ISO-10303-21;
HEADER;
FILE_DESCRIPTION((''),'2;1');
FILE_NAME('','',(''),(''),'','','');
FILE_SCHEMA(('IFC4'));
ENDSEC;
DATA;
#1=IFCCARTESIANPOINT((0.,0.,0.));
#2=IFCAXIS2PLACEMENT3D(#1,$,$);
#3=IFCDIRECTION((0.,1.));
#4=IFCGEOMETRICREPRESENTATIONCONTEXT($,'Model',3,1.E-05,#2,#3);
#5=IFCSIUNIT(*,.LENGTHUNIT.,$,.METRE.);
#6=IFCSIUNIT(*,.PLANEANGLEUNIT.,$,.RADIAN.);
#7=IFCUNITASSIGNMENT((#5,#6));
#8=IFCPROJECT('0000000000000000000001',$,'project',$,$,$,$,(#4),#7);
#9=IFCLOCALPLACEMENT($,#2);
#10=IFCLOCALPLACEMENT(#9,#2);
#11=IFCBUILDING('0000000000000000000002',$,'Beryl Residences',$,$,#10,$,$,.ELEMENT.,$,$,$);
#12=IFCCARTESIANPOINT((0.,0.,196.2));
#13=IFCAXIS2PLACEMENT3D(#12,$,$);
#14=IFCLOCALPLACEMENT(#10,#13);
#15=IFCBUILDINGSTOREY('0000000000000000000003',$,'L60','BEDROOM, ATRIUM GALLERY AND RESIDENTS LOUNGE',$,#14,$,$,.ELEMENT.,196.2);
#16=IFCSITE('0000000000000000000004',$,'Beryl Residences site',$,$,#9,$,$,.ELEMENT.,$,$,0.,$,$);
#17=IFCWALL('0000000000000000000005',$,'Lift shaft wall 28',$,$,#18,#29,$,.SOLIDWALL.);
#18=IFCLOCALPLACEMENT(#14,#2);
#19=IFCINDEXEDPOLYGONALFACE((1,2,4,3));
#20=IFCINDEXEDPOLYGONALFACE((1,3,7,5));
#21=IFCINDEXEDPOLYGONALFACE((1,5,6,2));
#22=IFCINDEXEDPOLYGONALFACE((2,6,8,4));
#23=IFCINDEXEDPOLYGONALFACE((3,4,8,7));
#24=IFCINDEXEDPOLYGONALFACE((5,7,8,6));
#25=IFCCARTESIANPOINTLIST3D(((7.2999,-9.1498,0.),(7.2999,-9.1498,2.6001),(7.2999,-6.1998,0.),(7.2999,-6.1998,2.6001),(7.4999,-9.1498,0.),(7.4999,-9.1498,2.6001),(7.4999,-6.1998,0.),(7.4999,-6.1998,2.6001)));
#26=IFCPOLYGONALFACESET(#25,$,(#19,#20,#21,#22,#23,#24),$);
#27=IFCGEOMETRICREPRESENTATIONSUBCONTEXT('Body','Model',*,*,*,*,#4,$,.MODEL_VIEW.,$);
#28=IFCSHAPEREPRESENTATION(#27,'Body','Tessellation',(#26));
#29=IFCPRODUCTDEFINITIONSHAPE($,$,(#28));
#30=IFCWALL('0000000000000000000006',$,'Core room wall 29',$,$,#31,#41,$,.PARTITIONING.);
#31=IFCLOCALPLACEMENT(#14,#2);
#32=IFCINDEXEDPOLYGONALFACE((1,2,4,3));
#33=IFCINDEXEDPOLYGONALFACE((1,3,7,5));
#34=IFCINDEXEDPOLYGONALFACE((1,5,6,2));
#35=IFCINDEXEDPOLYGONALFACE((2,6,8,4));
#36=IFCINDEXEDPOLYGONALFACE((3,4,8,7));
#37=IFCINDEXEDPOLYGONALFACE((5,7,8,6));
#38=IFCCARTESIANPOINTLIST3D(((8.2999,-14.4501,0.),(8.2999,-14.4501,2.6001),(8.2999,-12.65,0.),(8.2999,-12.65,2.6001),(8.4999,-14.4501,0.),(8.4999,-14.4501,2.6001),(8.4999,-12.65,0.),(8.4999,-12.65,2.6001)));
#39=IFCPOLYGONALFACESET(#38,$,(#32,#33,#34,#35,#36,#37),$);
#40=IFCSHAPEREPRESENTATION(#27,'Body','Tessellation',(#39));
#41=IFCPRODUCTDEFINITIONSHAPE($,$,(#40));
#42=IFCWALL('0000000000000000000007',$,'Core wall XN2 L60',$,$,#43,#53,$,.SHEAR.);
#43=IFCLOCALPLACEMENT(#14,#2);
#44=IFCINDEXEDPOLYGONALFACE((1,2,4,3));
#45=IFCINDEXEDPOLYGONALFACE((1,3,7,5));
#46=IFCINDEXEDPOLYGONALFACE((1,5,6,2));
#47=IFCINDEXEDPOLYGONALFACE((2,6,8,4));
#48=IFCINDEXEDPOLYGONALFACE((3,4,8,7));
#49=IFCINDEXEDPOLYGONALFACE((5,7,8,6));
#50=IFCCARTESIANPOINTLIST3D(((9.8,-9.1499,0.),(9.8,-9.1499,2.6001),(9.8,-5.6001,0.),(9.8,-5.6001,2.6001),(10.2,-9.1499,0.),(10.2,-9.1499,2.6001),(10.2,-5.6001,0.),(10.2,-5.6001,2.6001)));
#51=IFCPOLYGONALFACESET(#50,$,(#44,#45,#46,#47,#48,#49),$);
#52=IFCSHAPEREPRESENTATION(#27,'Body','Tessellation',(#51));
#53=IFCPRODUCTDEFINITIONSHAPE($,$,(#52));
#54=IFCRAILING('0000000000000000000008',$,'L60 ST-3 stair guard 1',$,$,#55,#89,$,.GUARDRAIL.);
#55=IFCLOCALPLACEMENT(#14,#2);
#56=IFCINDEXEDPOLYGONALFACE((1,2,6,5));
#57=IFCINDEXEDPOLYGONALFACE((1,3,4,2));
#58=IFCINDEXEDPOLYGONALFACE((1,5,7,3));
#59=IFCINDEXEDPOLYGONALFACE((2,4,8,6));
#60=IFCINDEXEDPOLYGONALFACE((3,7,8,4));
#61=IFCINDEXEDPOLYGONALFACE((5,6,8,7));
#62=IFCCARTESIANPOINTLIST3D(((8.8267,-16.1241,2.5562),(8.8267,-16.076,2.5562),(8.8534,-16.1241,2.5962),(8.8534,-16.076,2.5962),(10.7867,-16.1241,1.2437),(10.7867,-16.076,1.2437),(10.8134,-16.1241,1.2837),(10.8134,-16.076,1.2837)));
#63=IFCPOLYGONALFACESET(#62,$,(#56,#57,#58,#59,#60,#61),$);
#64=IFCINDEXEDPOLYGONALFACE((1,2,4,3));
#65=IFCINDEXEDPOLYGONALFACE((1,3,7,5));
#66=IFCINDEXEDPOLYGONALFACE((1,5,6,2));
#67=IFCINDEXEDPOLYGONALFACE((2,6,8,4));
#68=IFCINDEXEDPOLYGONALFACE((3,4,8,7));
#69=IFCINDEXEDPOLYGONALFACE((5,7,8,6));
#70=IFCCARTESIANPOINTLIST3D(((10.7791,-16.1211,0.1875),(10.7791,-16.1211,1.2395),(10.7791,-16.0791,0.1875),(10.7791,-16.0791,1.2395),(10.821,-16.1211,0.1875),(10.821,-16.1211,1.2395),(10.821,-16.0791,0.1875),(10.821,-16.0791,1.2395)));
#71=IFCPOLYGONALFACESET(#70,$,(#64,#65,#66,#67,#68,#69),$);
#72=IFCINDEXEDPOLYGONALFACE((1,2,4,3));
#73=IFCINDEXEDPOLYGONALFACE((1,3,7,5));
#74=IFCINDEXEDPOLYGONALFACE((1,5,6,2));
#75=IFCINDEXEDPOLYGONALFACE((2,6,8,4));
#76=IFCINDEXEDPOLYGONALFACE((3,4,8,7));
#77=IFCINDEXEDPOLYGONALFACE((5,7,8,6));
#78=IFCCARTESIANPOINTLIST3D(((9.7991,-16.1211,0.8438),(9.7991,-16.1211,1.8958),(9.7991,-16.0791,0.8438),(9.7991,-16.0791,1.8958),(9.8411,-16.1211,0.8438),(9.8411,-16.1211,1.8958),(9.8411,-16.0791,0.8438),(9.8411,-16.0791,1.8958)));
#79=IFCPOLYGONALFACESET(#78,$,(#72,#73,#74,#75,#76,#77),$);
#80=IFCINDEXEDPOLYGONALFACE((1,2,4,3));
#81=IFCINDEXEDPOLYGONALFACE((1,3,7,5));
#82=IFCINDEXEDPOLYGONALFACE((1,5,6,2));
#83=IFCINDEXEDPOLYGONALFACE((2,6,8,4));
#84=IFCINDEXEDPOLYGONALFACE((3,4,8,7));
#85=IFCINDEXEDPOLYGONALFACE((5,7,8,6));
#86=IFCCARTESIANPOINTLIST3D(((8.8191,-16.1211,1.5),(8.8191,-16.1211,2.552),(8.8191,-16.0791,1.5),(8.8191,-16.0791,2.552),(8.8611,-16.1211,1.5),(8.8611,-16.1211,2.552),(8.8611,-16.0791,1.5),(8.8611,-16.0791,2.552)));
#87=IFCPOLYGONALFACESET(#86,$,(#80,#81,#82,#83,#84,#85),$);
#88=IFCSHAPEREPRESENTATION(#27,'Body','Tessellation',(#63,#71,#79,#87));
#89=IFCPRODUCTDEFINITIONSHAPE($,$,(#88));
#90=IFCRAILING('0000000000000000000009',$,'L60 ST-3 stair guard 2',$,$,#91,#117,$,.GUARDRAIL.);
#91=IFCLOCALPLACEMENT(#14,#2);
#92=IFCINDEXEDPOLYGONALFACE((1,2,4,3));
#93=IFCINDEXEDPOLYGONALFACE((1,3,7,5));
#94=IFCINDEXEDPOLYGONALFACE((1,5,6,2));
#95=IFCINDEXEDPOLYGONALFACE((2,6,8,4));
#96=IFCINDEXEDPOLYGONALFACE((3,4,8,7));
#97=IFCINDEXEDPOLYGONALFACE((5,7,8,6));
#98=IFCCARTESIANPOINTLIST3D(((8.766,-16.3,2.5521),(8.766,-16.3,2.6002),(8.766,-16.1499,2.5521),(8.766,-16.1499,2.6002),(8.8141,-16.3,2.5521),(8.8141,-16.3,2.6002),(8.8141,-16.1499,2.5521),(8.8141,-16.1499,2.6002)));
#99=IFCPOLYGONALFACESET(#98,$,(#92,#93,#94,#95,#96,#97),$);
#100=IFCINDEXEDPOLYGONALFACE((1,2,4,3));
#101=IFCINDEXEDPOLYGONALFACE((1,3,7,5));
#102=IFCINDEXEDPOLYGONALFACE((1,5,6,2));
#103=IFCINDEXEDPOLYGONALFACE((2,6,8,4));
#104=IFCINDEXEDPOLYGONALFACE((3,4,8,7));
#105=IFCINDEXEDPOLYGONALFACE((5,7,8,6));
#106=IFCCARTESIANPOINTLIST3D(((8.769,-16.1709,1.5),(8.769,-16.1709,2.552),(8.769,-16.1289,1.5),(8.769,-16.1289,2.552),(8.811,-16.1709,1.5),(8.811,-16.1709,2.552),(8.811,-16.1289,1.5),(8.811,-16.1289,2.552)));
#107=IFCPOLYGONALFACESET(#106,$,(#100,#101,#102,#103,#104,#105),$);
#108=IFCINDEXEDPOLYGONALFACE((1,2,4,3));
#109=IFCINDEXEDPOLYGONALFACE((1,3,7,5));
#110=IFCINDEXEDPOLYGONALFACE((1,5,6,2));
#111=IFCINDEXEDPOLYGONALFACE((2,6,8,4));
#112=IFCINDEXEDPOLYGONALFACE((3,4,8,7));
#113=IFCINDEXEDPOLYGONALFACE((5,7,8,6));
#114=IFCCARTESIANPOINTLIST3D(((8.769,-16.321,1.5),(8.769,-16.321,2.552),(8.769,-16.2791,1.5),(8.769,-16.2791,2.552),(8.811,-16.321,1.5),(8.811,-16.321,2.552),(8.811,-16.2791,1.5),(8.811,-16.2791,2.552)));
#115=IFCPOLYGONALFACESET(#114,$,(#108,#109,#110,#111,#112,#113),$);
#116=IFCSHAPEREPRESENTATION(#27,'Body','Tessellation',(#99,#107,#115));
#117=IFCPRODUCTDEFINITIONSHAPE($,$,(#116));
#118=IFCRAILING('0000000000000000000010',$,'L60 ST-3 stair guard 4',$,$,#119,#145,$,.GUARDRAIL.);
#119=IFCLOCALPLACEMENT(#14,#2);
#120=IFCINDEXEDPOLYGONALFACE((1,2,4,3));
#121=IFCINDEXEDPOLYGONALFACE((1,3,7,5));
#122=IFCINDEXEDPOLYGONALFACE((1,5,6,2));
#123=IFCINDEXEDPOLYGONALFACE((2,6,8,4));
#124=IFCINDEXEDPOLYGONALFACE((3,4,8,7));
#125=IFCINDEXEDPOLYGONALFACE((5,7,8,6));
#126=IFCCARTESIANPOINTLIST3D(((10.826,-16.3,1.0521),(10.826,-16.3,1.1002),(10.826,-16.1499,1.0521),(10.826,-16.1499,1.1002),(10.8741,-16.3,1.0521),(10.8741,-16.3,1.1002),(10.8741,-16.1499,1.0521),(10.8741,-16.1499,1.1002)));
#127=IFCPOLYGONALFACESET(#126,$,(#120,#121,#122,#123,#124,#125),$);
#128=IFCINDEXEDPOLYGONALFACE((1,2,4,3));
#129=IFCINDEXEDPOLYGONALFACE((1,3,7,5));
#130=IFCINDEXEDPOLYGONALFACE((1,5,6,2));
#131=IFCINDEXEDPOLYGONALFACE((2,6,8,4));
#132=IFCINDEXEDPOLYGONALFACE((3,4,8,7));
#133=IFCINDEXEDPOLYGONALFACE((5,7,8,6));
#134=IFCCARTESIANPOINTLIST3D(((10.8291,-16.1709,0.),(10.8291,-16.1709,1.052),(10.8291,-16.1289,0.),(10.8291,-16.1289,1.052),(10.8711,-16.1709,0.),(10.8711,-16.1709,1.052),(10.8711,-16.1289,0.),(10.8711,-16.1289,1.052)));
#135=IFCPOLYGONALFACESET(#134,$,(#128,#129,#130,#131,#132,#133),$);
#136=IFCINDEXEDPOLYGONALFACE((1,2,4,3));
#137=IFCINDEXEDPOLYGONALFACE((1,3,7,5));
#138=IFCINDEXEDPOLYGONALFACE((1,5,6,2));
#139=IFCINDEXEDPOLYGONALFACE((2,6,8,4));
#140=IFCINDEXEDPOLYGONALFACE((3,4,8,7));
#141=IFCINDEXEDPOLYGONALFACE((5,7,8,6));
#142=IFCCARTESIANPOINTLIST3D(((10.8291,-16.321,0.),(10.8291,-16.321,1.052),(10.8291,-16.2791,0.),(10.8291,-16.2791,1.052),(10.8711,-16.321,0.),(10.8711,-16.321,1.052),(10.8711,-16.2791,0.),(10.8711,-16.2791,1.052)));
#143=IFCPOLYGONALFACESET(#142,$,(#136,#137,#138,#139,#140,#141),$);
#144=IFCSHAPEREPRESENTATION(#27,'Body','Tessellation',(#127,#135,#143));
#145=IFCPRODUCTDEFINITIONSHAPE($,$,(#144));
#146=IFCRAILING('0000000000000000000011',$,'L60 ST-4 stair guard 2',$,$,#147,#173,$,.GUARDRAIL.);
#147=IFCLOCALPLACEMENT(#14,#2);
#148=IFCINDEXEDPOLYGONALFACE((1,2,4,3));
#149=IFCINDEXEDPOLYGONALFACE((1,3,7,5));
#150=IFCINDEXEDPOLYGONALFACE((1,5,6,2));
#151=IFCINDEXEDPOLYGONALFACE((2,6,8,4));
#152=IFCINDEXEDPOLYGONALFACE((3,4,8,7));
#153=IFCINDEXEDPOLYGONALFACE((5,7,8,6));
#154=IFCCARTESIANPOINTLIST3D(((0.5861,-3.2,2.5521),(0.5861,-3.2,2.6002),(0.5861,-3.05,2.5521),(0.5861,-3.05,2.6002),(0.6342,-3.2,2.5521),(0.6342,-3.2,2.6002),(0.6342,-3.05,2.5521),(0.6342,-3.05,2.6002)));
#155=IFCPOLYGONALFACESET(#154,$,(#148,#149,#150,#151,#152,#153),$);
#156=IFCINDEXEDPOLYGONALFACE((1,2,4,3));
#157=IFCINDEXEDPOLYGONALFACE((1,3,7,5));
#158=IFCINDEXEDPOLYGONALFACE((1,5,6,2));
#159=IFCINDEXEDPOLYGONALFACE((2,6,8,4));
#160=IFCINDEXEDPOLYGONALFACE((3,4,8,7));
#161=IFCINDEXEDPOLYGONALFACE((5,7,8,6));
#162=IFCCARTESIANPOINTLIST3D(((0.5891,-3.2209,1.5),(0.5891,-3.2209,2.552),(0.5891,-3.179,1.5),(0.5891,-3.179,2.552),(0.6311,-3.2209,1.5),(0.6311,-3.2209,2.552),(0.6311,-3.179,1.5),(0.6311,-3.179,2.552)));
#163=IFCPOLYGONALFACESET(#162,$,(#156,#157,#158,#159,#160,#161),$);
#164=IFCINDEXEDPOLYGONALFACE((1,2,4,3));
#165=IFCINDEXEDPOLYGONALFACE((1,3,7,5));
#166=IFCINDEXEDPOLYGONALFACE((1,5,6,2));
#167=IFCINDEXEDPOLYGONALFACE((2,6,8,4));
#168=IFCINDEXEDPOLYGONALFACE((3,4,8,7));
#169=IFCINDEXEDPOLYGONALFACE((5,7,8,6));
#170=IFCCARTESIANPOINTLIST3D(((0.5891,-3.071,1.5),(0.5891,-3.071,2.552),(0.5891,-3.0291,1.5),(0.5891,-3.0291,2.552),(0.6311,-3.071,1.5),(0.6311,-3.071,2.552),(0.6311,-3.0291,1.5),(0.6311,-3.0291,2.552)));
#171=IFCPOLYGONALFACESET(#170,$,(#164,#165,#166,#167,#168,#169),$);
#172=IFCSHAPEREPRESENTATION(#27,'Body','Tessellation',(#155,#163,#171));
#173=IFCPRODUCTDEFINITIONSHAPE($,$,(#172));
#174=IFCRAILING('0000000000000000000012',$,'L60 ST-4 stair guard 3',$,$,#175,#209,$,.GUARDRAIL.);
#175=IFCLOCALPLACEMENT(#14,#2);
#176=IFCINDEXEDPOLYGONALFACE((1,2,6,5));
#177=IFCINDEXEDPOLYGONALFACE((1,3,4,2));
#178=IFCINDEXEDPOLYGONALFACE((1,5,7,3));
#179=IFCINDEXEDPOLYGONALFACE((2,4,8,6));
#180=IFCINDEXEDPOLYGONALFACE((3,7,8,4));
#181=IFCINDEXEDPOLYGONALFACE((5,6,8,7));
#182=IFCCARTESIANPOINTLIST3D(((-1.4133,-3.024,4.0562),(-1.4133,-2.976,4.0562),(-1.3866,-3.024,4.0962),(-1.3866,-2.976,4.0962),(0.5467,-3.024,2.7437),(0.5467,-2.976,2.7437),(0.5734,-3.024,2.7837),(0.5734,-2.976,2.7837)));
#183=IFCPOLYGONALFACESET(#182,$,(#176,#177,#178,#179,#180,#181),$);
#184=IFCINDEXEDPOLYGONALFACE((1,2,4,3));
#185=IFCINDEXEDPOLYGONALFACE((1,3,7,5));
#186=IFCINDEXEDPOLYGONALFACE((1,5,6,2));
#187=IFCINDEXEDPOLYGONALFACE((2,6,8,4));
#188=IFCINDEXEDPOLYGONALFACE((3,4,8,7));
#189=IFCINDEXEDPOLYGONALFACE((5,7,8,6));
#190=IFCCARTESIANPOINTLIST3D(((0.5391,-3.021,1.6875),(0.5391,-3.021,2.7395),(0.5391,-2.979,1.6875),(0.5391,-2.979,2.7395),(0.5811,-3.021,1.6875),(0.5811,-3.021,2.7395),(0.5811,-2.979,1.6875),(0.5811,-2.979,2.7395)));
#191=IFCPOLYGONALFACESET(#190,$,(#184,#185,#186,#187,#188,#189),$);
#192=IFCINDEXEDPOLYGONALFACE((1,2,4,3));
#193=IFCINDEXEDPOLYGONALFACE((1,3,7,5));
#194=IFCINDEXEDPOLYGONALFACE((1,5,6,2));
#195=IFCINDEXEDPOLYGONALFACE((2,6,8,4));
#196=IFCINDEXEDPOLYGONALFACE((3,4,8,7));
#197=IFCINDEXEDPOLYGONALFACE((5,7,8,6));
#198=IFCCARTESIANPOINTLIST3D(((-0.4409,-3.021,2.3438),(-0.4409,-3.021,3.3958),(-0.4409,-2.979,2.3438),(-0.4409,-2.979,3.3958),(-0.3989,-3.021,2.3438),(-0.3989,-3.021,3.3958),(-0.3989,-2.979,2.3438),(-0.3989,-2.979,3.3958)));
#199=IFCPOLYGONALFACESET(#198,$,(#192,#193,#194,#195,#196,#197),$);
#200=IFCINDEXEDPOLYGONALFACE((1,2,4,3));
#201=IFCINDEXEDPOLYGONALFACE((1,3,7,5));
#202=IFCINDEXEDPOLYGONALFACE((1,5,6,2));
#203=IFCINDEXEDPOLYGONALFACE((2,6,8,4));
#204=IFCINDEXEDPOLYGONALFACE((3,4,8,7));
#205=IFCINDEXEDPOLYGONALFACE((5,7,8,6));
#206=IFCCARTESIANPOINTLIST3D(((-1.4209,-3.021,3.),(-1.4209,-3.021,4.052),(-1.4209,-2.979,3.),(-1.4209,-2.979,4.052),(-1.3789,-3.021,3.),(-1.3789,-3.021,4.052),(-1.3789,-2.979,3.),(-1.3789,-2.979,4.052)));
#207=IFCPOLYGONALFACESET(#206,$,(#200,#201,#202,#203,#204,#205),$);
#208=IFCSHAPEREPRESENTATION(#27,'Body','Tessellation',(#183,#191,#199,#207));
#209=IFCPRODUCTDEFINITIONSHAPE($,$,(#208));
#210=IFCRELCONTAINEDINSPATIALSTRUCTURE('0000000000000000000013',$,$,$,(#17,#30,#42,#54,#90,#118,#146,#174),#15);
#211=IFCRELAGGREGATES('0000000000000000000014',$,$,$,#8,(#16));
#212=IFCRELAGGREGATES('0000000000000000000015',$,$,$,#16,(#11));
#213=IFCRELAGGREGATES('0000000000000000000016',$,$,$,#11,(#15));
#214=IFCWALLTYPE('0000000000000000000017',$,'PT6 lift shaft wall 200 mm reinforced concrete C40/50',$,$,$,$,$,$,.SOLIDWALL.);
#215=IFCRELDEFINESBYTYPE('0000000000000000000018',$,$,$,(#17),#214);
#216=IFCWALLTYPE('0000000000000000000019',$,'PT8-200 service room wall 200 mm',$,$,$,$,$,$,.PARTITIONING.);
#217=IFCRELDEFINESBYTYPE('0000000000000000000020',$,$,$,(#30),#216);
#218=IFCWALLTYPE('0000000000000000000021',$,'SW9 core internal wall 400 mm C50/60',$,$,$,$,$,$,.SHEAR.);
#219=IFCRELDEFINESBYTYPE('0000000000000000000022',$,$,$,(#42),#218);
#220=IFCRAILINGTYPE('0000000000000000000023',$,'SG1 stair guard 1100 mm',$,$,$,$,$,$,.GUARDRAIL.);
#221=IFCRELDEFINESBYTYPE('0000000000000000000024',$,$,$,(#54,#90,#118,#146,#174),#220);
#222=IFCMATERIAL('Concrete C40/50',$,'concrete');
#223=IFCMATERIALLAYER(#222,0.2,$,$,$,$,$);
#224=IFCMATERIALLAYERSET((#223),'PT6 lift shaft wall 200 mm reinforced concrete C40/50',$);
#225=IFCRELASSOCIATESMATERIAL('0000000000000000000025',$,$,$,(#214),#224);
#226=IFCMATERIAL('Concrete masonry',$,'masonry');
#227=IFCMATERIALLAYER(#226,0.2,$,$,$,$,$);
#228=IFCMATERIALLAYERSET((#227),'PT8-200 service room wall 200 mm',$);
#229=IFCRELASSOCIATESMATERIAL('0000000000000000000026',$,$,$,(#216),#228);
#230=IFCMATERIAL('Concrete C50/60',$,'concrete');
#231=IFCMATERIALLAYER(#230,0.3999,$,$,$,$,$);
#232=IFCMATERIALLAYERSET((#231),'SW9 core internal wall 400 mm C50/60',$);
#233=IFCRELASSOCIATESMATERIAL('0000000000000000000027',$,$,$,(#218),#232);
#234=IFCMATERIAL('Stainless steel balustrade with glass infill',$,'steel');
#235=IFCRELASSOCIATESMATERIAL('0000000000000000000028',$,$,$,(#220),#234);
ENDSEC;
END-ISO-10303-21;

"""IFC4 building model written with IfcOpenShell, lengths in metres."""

from ifc_helpers import new_model, si_unit, direction, frame, frame_2d, origin, origin_2d, place, context, subcontext, project, spatial, rectangle, extrude, material, layer, layer_set, type_object, element, save


model = new_model("IFC4")

# Units and contexts
model_context = context("Model", 3, precision=1e-05, world=origin(), true_north=direction((0.0, 1.0)))
body_context = subcontext(model_context, "Body", "Model", "MODEL_VIEW")
ifc_project = project(units=[si_unit("LENGTHUNIT", "METRE"), si_unit("PLANEANGLEUNIT", "RADIAN")], contexts=[model_context])

# Site, building, storey
site_placement = place(None, origin())
site = spatial("IfcSite", under=ifc_project, at=site_placement, Name="Beryl Residences site", CompositionType="ELEMENT", RefElevation=0.0)
building_placement = place(site_placement, origin())
building = spatial("IfcBuilding", under=site, at=building_placement, Name="Beryl Residences", CompositionType="ELEMENT")
storey_placement = place(building_placement, frame((0.0, 0.0, 196.2)))
storey = spatial("IfcBuildingStorey", under=building, at=storey_placement, Name="L60", Description="BEDROOM, ATRIUM GALLERY AND RESIDENTS LOUNGE", CompositionType="ELEMENT", Elevation=196.2)

# Walls
ifc_material_1 = material(Name="Concrete C40/50", Category="concrete")
ifc_layer_1 = layer(ifc_material_1, 0.2)
ifc_layer_set_1 = layer_set([ifc_layer_1], Name="PT6 lift shaft wall 200 mm reinforced concrete C40/50")
wall_type_1 = type_object("IfcWallType", Name="PT6 lift shaft wall 200 mm reinforced concrete C40/50", PredefinedType="SOLIDWALL", material=ifc_layer_set_1)
for number, where, z_axis, x_axis, name in (
    (1, (7.3999, -9.1499, 0.0), (0.0, 0.0, 1.0), (0.0, 1.0, 0.0), "Lift shaft wall 28"),
):
    element("IfcWall", number, at=place(storey_placement, frame(where, z_axis=z_axis, x_axis=x_axis)), inside=storey, type_object=wall_type_1, Name=name, PredefinedType="SOLIDWALL", context=body_context, shape_type="SweptSolid", body=[
        extrude(rectangle(XDim=2.95, YDim=0.2, at=frame_2d((1.4751, 0.0))), origin(), (0.0, 0.0, 1.0), 2.6001),
    ])
ifc_material_2 = material(Name="Concrete masonry", Category="masonry")
ifc_layer_2 = layer(ifc_material_2, 0.2)
ifc_layer_set_2 = layer_set([ifc_layer_2], Name="PT8-200 service room wall 200 mm")
wall_type_2 = type_object("IfcWallType", Name="PT8-200 service room wall 200 mm", PredefinedType="PARTITIONING", material=ifc_layer_set_2)
wall_1_placement = place(storey_placement, frame((8.3999, -14.45, 0.0), z_axis=(0.0, 0.0, 1.0), x_axis=(0.0, 1.0, 0.0)))
element("IfcWall", 2, at=wall_1_placement, inside=storey, type_object=wall_type_2, Name="Core room wall 29", PredefinedType="PARTITIONING", context=body_context, shape_type="SweptSolid", body=[
    extrude(rectangle(XDim=1.8, YDim=0.2, at=frame_2d((0.8999, 0.0))), origin(), (0.0, 0.0, 1.0), 2.6001),
])
ifc_material_3 = material(Name="Concrete C50/60", Category="concrete")
ifc_layer_3 = layer(ifc_material_3, 0.3999)
ifc_layer_set_3 = layer_set([ifc_layer_3], Name="SW9 core internal wall 400 mm C50/60")
wall_type_3 = type_object("IfcWallType", Name="SW9 core internal wall 400 mm C50/60", PredefinedType="SHEAR", material=ifc_layer_set_3)
wall_2_placement = place(storey_placement, frame((10.0, -9.1499, 0.0), z_axis=(0.0, 0.0, 1.0), x_axis=(0.0, 1.0, 0.0)))
element("IfcWall", 3, at=wall_2_placement, inside=storey, type_object=wall_type_3, Name="Core wall XN2 L60", PredefinedType="SHEAR", context=body_context, shape_type="SweptSolid", body=[
    extrude(rectangle(XDim=3.5498, YDim=0.3999, at=frame_2d((1.7749, 0.0))), origin(), (0.0, 0.0, 1.0), 2.6001),
])

# Railings
ifc_material_4 = material(Name="Stainless steel balustrade with glass infill", Category="steel")
railing_type_1 = type_object("IfcRailingType", Name="SG1 stair guard 1100 mm", PredefinedType="GUARDRAIL", material=ifc_material_4)
railing_1_placement = place(storey_placement, frame((10.8, -16.1001, 0.1875)))
element("IfcRailing", 4, at=railing_1_placement, inside=storey, type_object=railing_type_1, Name="L60 ST-3 stair guard 1", PredefinedType="GUARDRAIL", context=body_context, shape_type="SweptSolid", body=[
    extrude(rectangle(XDim=0.0481, YDim=0.0481, at=origin_2d()), frame((0.0, 0.0, 1.0762), z_axis=(-0.830902, 0.0, 0.556419), x_axis=(0.0, -1.0, 0.0)), (0.0, 0.0, 1.0), 2.3589),
    extrude(rectangle(XDim=0.042, YDim=0.042, at=origin_2d()), origin(), (0.0, 0.0, 1.0), 1.052),
    extrude(rectangle(XDim=0.042, YDim=0.042, at=origin_2d()), frame((-0.98, 0.0, 0.6562)), (0.0, 0.0, 1.0), 1.052),
    extrude(rectangle(XDim=0.042, YDim=0.042, at=origin_2d()), frame((-1.96, 0.0, 1.3125)), (0.0, 0.0, 1.0), 1.052),
])
for number, where, name in (
    (5, (8.79, -16.1499, 1.5), "L60 ST-3 stair guard 2"),
    (6, (10.8501, -16.1499, 0.0), "L60 ST-3 stair guard 4"),
):
    element("IfcRailing", number, at=place(storey_placement, frame(where)), inside=storey, type_object=railing_type_1, Name=name, PredefinedType="GUARDRAIL", context=body_context, shape_type="SweptSolid", body=[
        extrude(rectangle(XDim=0.0481, YDim=0.0481, at=origin_2d()), frame((0.0, 0.0, 1.0762), z_axis=(0.0, -1.0, 0.0), x_axis=(1.0, 0.0, 0.0)), (0.0, 0.0, 1.0), 0.1501),
        extrude(rectangle(XDim=0.042, YDim=0.042, at=origin_2d()), origin(), (0.0, 0.0, 1.0), 1.052),
        extrude(rectangle(XDim=0.042, YDim=0.042, at=origin_2d()), frame((0.0, -0.1501, 0.0)), (0.0, 0.0, 1.0), 1.052),
    ])
railing_2_placement = place(storey_placement, frame((0.6101, -3.2, 1.5)))
element("IfcRailing", 7, at=railing_2_placement, inside=storey, type_object=railing_type_1, Name="L60 ST-4 stair guard 2", PredefinedType="GUARDRAIL", context=body_context, shape_type="SweptSolid", body=[
    extrude(rectangle(XDim=0.0481, YDim=0.0481, at=origin_2d()), frame((0.0, 0.0, 1.0762), z_axis=(0.0, 1.0, 0.0), x_axis=(-1.0, 0.0, 0.0)), (0.0, 0.0, 1.0), 0.1499),
    extrude(rectangle(XDim=0.042, YDim=0.042, at=origin_2d()), origin(), (0.0, 0.0, 1.0), 1.052),
    extrude(rectangle(XDim=0.042, YDim=0.042, at=origin_2d()), frame((0.0, 0.1499, 0.0)), (0.0, 0.0, 1.0), 1.052),
])
railing_3_placement = place(storey_placement, frame((0.5601, -3.0, 1.6875)))
element("IfcRailing", 8, at=railing_3_placement, inside=storey, type_object=railing_type_1, Name="L60 ST-4 stair guard 3", PredefinedType="GUARDRAIL", context=body_context, shape_type="SweptSolid", body=[
    extrude(rectangle(XDim=0.0481, YDim=0.0481, at=origin_2d()), frame((0.0, 0.0, 1.0762), z_axis=(-0.830902, 0.0, 0.556419), x_axis=(0.0, -1.0, 0.0)), (0.0, 0.0, 1.0), 2.3589),
    extrude(rectangle(XDim=0.042, YDim=0.042, at=origin_2d()), origin(), (0.0, 0.0, 1.0), 1.052),
    extrude(rectangle(XDim=0.042, YDim=0.042, at=origin_2d()), frame((-0.98, 0.0, 0.6562)), (0.0, 0.0, 1.0), 1.052),
    extrude(rectangle(XDim=0.042, YDim=0.042, at=origin_2d()), frame((-1.96, 0.0, 1.3125)), (0.0, 0.0, 1.0), 1.052),
])

save(model, "model.ifc")
